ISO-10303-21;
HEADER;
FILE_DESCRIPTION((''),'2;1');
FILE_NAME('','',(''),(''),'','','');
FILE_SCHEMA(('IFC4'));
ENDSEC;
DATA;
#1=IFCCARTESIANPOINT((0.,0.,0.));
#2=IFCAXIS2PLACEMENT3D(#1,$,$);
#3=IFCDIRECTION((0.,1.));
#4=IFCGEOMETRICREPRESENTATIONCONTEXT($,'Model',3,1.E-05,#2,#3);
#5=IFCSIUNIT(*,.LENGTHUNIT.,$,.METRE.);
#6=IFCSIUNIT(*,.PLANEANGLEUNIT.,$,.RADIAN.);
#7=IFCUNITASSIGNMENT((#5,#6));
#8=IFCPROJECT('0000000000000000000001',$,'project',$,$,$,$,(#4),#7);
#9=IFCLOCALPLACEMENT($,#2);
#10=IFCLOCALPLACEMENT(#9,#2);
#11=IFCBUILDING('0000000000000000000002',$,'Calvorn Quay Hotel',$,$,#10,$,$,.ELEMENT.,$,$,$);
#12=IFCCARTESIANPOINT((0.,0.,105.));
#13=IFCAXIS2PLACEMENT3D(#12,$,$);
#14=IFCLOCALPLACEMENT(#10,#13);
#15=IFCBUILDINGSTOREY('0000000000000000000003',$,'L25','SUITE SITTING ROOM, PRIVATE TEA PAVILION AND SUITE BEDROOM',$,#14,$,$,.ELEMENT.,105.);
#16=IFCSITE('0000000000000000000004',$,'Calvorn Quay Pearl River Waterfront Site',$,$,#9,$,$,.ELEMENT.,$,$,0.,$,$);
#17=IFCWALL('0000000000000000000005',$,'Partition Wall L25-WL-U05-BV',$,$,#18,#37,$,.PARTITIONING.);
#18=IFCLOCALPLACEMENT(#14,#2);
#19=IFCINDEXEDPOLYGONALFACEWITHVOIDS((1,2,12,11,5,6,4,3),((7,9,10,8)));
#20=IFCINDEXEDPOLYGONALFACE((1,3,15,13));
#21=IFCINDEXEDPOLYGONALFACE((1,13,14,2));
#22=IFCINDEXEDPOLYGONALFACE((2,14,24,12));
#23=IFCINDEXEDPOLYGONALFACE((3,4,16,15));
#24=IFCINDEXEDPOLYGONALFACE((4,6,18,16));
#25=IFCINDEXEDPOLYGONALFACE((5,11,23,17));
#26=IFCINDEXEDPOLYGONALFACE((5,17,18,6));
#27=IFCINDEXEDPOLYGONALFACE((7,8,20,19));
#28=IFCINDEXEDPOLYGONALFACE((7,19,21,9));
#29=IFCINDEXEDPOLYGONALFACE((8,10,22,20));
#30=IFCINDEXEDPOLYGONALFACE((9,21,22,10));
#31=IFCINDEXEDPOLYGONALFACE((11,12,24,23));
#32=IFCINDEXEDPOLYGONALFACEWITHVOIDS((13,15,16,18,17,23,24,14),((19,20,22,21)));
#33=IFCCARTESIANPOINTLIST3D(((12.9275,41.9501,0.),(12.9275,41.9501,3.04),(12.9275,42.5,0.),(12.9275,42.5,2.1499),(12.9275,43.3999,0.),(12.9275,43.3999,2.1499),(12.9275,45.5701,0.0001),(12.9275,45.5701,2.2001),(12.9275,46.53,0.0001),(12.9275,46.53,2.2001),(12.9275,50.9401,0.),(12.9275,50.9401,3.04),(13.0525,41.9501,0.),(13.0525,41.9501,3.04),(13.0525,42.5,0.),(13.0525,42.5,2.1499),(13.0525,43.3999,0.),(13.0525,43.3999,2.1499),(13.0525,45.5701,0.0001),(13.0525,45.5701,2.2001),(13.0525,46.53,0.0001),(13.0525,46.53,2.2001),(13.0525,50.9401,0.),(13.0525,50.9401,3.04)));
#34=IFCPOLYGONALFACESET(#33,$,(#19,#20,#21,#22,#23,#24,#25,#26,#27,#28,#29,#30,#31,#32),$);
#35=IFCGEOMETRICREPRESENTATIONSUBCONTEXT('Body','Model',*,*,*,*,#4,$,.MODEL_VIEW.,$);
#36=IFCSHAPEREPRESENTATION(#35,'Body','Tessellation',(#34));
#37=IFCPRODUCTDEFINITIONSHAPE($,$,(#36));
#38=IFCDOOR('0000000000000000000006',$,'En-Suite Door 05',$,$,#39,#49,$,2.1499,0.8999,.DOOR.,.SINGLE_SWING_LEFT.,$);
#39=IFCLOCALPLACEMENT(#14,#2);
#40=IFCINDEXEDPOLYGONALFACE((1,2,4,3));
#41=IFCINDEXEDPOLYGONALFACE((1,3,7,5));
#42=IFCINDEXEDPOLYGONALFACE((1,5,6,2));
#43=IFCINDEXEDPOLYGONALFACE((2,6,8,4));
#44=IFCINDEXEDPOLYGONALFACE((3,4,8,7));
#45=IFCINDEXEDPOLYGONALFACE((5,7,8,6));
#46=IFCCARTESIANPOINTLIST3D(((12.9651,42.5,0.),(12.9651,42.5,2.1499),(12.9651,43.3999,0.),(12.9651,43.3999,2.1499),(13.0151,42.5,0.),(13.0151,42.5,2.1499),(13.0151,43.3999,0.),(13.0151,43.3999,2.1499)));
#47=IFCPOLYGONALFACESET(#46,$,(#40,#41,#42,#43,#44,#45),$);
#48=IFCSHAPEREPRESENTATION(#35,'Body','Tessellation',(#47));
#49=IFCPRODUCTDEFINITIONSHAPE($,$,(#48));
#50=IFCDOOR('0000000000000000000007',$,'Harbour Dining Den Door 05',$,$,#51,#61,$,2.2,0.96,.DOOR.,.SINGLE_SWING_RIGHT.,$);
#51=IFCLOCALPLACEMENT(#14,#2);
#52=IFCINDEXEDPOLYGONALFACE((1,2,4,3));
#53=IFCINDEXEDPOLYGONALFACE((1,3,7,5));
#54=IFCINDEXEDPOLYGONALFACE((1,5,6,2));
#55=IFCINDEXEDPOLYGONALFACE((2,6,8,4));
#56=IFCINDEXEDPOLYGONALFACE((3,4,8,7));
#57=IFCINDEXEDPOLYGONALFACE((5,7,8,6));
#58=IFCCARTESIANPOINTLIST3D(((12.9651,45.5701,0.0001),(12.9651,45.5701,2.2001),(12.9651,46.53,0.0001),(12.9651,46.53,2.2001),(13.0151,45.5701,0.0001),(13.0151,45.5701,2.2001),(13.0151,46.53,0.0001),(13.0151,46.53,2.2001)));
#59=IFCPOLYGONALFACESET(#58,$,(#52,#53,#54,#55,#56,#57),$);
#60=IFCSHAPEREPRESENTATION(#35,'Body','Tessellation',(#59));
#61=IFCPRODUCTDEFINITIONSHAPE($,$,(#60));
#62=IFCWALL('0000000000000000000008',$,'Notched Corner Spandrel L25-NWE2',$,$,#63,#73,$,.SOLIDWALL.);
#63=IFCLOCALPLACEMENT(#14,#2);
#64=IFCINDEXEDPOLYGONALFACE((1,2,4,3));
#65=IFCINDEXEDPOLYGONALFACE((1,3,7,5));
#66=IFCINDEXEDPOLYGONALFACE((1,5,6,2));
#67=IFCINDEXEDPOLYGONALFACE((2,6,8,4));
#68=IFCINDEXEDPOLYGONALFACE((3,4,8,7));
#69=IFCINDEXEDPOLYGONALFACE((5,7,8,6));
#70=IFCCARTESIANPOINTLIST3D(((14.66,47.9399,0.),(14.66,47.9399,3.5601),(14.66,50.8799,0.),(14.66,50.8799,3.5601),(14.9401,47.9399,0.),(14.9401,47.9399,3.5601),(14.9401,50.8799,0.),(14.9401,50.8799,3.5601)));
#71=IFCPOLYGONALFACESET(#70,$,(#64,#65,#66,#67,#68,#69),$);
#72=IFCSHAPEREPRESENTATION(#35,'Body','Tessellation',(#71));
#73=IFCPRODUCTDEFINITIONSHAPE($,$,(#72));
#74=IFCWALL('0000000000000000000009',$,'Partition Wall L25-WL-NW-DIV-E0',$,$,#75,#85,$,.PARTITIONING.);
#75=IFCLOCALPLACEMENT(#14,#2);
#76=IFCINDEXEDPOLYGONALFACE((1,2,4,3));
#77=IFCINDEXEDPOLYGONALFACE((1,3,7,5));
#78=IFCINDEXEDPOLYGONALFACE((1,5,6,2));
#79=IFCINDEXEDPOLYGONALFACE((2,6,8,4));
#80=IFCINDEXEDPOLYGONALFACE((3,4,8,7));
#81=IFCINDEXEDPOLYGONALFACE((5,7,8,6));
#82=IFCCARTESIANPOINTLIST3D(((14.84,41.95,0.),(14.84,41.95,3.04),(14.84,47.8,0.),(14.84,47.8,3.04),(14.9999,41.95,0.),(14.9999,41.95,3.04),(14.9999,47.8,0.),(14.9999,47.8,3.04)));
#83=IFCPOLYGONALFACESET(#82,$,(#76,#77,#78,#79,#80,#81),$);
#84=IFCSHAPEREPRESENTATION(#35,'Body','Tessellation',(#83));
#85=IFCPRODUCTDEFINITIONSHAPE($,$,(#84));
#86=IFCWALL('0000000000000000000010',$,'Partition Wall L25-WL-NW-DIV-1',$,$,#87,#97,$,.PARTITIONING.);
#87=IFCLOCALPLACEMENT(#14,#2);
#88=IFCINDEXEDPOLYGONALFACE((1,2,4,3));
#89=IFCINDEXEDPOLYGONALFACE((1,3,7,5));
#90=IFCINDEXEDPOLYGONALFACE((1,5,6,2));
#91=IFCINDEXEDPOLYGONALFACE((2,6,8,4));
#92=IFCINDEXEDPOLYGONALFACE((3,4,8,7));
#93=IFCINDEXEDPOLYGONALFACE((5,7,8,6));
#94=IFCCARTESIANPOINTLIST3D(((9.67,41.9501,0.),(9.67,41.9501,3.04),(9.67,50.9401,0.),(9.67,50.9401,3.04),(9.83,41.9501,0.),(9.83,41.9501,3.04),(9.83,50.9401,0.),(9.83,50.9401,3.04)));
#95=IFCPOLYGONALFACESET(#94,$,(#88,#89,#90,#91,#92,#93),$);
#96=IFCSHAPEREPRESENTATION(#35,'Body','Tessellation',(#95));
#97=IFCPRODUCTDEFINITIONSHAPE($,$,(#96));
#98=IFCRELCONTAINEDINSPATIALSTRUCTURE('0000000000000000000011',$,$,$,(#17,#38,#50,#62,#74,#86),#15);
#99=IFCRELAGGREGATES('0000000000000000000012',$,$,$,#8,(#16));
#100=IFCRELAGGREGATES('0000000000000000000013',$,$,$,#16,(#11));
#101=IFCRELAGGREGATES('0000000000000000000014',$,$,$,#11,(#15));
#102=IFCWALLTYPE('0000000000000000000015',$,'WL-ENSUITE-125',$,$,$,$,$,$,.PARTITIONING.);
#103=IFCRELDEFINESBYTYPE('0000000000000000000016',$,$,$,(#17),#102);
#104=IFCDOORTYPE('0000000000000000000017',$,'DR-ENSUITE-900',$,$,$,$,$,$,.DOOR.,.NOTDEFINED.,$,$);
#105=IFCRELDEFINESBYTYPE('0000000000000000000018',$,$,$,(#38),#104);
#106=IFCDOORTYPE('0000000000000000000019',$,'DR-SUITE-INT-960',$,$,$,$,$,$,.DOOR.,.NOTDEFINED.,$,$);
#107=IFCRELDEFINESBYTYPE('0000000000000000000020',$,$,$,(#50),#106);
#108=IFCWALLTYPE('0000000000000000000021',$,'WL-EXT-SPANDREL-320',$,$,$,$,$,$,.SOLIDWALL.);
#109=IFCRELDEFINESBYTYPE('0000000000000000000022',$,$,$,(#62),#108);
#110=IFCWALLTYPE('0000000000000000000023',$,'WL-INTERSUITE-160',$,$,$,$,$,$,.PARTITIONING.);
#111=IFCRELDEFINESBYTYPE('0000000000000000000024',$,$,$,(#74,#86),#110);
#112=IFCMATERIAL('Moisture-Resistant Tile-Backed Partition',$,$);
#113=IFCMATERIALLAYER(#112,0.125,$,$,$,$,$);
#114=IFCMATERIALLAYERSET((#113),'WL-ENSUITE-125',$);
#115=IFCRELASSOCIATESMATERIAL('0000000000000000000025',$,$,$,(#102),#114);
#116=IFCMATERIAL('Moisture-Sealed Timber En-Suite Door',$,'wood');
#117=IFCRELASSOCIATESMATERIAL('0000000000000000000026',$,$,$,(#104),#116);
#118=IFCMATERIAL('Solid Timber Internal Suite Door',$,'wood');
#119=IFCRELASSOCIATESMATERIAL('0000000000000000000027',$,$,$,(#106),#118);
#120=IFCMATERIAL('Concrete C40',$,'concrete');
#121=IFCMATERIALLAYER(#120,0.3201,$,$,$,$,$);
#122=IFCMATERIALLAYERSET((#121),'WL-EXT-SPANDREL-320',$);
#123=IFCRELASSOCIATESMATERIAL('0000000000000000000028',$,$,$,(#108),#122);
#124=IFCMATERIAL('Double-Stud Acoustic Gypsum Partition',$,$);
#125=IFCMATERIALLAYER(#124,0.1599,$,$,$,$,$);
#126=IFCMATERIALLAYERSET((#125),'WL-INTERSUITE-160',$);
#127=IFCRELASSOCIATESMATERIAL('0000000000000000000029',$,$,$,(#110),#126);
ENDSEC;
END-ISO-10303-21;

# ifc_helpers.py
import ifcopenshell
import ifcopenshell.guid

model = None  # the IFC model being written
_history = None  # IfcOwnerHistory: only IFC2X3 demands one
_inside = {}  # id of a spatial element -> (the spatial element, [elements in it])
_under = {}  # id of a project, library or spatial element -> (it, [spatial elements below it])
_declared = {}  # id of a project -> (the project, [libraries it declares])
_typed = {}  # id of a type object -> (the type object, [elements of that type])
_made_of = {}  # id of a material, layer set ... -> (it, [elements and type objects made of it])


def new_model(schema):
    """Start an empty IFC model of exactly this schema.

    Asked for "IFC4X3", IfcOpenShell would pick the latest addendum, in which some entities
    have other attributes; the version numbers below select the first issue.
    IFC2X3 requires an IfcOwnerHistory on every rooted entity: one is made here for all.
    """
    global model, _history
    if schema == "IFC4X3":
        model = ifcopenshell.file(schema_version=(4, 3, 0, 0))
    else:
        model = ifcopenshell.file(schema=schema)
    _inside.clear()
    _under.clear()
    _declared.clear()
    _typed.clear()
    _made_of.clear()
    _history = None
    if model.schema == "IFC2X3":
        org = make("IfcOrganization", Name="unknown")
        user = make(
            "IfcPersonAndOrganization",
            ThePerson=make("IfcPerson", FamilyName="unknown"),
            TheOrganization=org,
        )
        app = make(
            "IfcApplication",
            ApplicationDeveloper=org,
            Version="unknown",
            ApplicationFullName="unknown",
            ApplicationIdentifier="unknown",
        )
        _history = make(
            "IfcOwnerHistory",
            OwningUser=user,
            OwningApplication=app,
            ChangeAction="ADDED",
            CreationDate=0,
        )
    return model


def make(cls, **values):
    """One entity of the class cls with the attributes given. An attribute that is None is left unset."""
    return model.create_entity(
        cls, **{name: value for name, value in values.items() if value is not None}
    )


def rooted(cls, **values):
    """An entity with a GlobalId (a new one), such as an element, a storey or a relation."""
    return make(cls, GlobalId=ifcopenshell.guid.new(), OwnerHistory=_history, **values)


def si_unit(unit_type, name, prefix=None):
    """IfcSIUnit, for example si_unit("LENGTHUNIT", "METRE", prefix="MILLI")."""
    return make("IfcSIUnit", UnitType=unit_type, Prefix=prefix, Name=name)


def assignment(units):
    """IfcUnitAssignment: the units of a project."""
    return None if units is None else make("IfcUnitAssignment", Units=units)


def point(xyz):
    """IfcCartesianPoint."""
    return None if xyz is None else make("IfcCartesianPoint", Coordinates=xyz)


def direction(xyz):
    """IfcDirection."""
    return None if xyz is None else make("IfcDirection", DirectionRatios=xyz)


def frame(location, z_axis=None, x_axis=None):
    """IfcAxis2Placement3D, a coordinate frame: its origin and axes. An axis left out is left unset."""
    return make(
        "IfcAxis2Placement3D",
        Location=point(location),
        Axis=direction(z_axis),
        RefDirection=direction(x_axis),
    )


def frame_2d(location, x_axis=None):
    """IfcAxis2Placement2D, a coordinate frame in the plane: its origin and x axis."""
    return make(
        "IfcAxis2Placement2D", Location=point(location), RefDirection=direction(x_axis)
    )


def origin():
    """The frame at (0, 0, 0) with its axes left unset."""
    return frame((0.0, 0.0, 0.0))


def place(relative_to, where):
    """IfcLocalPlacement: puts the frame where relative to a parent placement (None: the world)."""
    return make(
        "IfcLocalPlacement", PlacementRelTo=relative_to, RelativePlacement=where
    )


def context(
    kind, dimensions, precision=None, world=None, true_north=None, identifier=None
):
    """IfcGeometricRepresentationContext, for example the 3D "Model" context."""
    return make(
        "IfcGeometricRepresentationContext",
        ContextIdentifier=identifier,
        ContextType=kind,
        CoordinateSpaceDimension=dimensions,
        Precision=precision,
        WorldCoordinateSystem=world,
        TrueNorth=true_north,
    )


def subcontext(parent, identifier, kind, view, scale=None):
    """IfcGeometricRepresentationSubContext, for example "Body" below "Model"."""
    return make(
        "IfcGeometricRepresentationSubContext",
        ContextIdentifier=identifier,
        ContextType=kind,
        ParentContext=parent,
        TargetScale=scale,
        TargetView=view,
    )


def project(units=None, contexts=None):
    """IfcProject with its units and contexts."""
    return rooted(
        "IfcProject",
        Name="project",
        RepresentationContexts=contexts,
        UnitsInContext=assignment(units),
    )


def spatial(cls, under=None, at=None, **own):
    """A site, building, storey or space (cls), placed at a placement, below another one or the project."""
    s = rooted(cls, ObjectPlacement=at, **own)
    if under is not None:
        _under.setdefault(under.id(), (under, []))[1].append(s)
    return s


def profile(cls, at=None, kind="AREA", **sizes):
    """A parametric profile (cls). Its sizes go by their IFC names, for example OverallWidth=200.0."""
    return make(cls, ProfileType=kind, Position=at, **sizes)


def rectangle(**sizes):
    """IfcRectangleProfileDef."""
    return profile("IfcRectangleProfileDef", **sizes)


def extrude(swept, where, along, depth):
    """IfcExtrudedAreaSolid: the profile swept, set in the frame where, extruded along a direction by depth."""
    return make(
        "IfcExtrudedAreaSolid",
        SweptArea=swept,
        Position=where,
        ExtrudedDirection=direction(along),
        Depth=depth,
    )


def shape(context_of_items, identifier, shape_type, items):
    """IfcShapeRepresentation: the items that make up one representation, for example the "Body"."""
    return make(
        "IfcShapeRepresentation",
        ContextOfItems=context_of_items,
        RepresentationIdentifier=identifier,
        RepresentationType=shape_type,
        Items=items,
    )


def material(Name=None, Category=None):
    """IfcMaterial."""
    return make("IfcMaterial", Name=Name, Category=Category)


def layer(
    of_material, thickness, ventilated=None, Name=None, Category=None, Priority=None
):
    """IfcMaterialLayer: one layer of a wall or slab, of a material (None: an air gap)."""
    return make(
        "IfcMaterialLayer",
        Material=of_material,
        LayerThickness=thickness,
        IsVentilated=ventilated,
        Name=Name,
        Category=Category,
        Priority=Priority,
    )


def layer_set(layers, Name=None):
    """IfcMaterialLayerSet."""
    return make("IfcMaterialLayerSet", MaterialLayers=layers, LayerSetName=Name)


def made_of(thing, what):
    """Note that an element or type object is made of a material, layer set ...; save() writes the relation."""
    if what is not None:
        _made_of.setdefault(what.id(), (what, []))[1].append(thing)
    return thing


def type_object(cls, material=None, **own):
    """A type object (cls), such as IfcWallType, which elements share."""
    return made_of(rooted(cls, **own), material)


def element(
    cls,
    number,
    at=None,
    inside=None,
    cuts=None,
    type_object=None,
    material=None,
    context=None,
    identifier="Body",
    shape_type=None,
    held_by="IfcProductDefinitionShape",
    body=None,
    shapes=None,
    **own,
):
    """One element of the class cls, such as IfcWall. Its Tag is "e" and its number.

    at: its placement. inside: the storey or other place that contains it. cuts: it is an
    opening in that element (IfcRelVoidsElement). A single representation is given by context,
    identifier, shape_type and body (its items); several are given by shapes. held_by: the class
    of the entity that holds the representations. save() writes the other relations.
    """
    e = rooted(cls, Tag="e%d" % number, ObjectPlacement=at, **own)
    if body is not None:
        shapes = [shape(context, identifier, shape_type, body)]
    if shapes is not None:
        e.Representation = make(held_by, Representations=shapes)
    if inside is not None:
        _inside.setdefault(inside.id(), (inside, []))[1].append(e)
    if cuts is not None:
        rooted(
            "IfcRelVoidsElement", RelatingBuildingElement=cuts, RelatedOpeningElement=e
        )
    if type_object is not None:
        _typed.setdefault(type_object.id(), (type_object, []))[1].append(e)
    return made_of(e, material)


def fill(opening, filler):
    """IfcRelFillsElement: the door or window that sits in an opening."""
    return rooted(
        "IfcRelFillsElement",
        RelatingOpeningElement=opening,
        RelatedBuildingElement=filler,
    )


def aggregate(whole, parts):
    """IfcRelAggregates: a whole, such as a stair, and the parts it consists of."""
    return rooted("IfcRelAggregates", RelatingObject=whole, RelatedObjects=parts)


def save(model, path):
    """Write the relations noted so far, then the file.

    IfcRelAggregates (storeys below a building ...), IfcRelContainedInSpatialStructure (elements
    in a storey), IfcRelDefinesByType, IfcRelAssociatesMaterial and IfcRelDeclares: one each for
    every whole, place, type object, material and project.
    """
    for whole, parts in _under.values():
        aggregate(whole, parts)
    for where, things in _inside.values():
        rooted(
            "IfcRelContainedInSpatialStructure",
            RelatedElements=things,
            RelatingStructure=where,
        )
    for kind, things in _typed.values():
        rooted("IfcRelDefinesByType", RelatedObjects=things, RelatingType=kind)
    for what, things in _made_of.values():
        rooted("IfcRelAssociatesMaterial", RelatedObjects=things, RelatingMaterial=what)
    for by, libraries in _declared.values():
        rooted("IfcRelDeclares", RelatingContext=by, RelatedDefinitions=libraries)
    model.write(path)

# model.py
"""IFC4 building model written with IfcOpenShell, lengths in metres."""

from ifc_helpers import new_model, si_unit, direction, frame, frame_2d, origin, place, context, subcontext, project, spatial, rectangle, extrude, material, layer, layer_set, type_object, element, fill, save


model = new_model("IFC4")

# Units and contexts
model_context = context("Model", 3, precision=1e-05, world=origin(), true_north=direction((0.0, 1.0)))
body_context = subcontext(model_context, "Body", "Model", "MODEL_VIEW")
ifc_project = project(units=[si_unit("LENGTHUNIT", "METRE"), si_unit("PLANEANGLEUNIT", "RADIAN")], contexts=[model_context])

# Site, building, storey
site_placement = place(None, origin())
site = spatial("IfcSite", under=ifc_project, at=site_placement, Name="Calvorn Quay Pearl River Waterfront Site", CompositionType="ELEMENT", RefElevation=0.0)
building_placement = place(site_placement, origin())
building = spatial("IfcBuilding", under=site, at=building_placement, Name="Calvorn Quay Hotel", CompositionType="ELEMENT")
storey_placement = place(building_placement, frame((0.0, 0.0, 105.0)))
storey = spatial("IfcBuildingStorey", under=building, at=storey_placement, Name="L25", Description="SUITE SITTING ROOM, PRIVATE TEA PAVILION AND SUITE BEDROOM", CompositionType="ELEMENT", Elevation=105.0)

# Shared definitions
ifc_material_1 = material(Name="Moisture-Resistant Tile-Backed Partition")
ifc_layer_1 = layer(ifc_material_1, 0.125)
ifc_layer_set_1 = layer_set([ifc_layer_1], Name="WL-ENSUITE-125")
wall_type_1 = type_object("IfcWallType", Name="WL-ENSUITE-125", PredefinedType="PARTITIONING", material=ifc_layer_set_1)

# Shared definitions
ifc_material_2 = material(Name="Moisture-Sealed Timber En-Suite Door", Category="wood")
door_type_1 = type_object("IfcDoorType", Name="DR-ENSUITE-900", OperationType="NOTDEFINED", PredefinedType="DOOR", material=ifc_material_2)
ifc_material_3 = material(Name="Solid Timber Internal Suite Door", Category="wood")
door_type_2 = type_object("IfcDoorType", Name="DR-SUITE-INT-960", OperationType="NOTDEFINED", PredefinedType="DOOR", material=ifc_material_3)

# Wall, openings, doors
wall_1_placement = place(storey_placement, frame((12.99, 41.95, 0.0), z_axis=(0.0, 0.0, 1.0), x_axis=(0.0, 1.0, 0.0)))
wall_1 = element("IfcWall", 1, at=wall_1_placement, inside=storey, type_object=wall_type_1, Name="Partition Wall L25-WL-U05-BV", PredefinedType="PARTITIONING", context=body_context, shape_type="SweptSolid", body=[
    extrude(rectangle(XDim=8.99, YDim=0.125, at=frame_2d((4.4951, 0.0))), origin(), (0.0, 0.0, 1.0), 3.04),
])
opening_1_placement = place(wall_1_placement, frame((0.55, 0.0, 0.0)))
opening_1 = element("IfcOpeningElement", 2, at=opening_1_placement, cuts=wall_1, PredefinedType="OPENING", context=body_context, shape_type="SweptSolid", body=[
    extrude(rectangle(XDim=0.8999, YDim=2.1499, at=frame_2d((0.45, 1.075))), frame((0.0, 0.0725, 0.0), z_axis=(0.0, -1.0, 0.0), x_axis=(1.0, 0.0, 0.0)), (0.0, 0.0, 1.0), 0.145),
])
opening_2_placement = place(wall_1_placement, frame((3.6201, 0.0, 0.0)))
opening_2 = element("IfcOpeningElement", 3, at=opening_2_placement, cuts=wall_1, PredefinedType="OPENING", context=body_context, shape_type="SweptSolid", body=[
    extrude(rectangle(XDim=0.96, YDim=2.2, at=frame_2d((0.48, 1.1001))), frame((0.0, 0.0725, 0.0), z_axis=(0.0, -1.0, 0.0), x_axis=(1.0, 0.0, 0.0)), (0.0, 0.0, 1.0), 0.145),
])
door_1_placement = place(opening_1_placement, origin())
door_1 = element("IfcDoor", 4, at=door_1_placement, inside=storey, type_object=door_type_1, Name="En-Suite Door 05", OperationType="SINGLE_SWING_LEFT", OverallHeight=2.1499, OverallWidth=0.8999, PredefinedType="DOOR", context=body_context, shape_type="SweptSolid", body=[
    extrude(rectangle(XDim=0.8999, YDim=2.1499, at=frame_2d((0.45, 1.075))), frame((0.0, 0.0249, 0.0), z_axis=(0.0, -1.0, 0.0), x_axis=(1.0, 0.0, 0.0)), (0.0, 0.0, 1.0), 0.05),
])
fill(opening_1, door_1)
door_2_placement = place(opening_2_placement, origin())
door_2 = element("IfcDoor", 5, at=door_2_placement, inside=storey, type_object=door_type_2, Name="Harbour Dining Den Door 05", OperationType="SINGLE_SWING_RIGHT", OverallHeight=2.2, OverallWidth=0.96, PredefinedType="DOOR", context=body_context, shape_type="SweptSolid", body=[
    extrude(rectangle(XDim=0.96, YDim=2.2, at=frame_2d((0.48, 1.1001))), frame((0.0, 0.0249, 0.0), z_axis=(0.0, -1.0, 0.0), x_axis=(1.0, 0.0, 0.0)), (0.0, 0.0, 1.0), 0.05),
])
fill(opening_2, door_2)

# Walls
ifc_material_4 = material(Name="Concrete C40", Category="concrete")
ifc_layer_2 = layer(ifc_material_4, 0.3201)
ifc_layer_set_2 = layer_set([ifc_layer_2], Name="WL-EXT-SPANDREL-320")
wall_type_2 = type_object("IfcWallType", Name="WL-EXT-SPANDREL-320", PredefinedType="SOLIDWALL", material=ifc_layer_set_2)
wall_2_placement = place(storey_placement, frame((14.8, 47.9399, 0.0), z_axis=(0.0, 0.0, 1.0), x_axis=(0.0, 1.0, 0.0)))
element("IfcWall", 6, at=wall_2_placement, inside=storey, type_object=wall_type_2, Name="Notched Corner Spandrel L25-NWE2", PredefinedType="SOLIDWALL", context=body_context, shape_type="SweptSolid", body=[
    extrude(rectangle(XDim=2.9399, YDim=0.28, at=frame_2d((1.47, 0.0))), origin(), (0.0, 0.0, 1.0), 3.5601),
])
ifc_material_5 = material(Name="Double-Stud Acoustic Gypsum Partition")
ifc_layer_3 = layer(ifc_material_5, 0.1599)
ifc_layer_set_3 = layer_set([ifc_layer_3], Name="WL-INTERSUITE-160")
wall_type_3 = type_object("IfcWallType", Name="WL-INTERSUITE-160", PredefinedType="PARTITIONING", material=ifc_layer_set_3)
wall_3_placement = place(storey_placement, frame((14.9199, 41.95, 0.0), z_axis=(0.0, 0.0, 1.0), x_axis=(0.0, 1.0, 0.0)))
element("IfcWall", 7, at=wall_3_placement, inside=storey, type_object=wall_type_3, Name="Partition Wall L25-WL-NW-DIV-E0", PredefinedType="PARTITIONING", context=body_context, shape_type="SweptSolid", body=[
    extrude(rectangle(XDim=5.8501, YDim=0.1599, at=frame_2d((2.925, 0.0))), origin(), (0.0, 0.0, 1.0), 3.04),
])
wall_4_placement = place(storey_placement, frame((9.75, 41.95, 0.0), z_axis=(0.0, 0.0, 1.0), x_axis=(0.0, 1.0, 0.0)))
element("IfcWall", 8, at=wall_4_placement, inside=storey, type_object=wall_type_3, Name="Partition Wall L25-WL-NW-DIV-1", PredefinedType="PARTITIONING", context=body_context, shape_type="SweptSolid", body=[
    extrude(rectangle(XDim=8.99, YDim=0.1599, at=frame_2d((4.4951, 0.0))), origin(), (0.0, 0.0, 1.0), 3.04),
])

save(model, "model.ifc")
